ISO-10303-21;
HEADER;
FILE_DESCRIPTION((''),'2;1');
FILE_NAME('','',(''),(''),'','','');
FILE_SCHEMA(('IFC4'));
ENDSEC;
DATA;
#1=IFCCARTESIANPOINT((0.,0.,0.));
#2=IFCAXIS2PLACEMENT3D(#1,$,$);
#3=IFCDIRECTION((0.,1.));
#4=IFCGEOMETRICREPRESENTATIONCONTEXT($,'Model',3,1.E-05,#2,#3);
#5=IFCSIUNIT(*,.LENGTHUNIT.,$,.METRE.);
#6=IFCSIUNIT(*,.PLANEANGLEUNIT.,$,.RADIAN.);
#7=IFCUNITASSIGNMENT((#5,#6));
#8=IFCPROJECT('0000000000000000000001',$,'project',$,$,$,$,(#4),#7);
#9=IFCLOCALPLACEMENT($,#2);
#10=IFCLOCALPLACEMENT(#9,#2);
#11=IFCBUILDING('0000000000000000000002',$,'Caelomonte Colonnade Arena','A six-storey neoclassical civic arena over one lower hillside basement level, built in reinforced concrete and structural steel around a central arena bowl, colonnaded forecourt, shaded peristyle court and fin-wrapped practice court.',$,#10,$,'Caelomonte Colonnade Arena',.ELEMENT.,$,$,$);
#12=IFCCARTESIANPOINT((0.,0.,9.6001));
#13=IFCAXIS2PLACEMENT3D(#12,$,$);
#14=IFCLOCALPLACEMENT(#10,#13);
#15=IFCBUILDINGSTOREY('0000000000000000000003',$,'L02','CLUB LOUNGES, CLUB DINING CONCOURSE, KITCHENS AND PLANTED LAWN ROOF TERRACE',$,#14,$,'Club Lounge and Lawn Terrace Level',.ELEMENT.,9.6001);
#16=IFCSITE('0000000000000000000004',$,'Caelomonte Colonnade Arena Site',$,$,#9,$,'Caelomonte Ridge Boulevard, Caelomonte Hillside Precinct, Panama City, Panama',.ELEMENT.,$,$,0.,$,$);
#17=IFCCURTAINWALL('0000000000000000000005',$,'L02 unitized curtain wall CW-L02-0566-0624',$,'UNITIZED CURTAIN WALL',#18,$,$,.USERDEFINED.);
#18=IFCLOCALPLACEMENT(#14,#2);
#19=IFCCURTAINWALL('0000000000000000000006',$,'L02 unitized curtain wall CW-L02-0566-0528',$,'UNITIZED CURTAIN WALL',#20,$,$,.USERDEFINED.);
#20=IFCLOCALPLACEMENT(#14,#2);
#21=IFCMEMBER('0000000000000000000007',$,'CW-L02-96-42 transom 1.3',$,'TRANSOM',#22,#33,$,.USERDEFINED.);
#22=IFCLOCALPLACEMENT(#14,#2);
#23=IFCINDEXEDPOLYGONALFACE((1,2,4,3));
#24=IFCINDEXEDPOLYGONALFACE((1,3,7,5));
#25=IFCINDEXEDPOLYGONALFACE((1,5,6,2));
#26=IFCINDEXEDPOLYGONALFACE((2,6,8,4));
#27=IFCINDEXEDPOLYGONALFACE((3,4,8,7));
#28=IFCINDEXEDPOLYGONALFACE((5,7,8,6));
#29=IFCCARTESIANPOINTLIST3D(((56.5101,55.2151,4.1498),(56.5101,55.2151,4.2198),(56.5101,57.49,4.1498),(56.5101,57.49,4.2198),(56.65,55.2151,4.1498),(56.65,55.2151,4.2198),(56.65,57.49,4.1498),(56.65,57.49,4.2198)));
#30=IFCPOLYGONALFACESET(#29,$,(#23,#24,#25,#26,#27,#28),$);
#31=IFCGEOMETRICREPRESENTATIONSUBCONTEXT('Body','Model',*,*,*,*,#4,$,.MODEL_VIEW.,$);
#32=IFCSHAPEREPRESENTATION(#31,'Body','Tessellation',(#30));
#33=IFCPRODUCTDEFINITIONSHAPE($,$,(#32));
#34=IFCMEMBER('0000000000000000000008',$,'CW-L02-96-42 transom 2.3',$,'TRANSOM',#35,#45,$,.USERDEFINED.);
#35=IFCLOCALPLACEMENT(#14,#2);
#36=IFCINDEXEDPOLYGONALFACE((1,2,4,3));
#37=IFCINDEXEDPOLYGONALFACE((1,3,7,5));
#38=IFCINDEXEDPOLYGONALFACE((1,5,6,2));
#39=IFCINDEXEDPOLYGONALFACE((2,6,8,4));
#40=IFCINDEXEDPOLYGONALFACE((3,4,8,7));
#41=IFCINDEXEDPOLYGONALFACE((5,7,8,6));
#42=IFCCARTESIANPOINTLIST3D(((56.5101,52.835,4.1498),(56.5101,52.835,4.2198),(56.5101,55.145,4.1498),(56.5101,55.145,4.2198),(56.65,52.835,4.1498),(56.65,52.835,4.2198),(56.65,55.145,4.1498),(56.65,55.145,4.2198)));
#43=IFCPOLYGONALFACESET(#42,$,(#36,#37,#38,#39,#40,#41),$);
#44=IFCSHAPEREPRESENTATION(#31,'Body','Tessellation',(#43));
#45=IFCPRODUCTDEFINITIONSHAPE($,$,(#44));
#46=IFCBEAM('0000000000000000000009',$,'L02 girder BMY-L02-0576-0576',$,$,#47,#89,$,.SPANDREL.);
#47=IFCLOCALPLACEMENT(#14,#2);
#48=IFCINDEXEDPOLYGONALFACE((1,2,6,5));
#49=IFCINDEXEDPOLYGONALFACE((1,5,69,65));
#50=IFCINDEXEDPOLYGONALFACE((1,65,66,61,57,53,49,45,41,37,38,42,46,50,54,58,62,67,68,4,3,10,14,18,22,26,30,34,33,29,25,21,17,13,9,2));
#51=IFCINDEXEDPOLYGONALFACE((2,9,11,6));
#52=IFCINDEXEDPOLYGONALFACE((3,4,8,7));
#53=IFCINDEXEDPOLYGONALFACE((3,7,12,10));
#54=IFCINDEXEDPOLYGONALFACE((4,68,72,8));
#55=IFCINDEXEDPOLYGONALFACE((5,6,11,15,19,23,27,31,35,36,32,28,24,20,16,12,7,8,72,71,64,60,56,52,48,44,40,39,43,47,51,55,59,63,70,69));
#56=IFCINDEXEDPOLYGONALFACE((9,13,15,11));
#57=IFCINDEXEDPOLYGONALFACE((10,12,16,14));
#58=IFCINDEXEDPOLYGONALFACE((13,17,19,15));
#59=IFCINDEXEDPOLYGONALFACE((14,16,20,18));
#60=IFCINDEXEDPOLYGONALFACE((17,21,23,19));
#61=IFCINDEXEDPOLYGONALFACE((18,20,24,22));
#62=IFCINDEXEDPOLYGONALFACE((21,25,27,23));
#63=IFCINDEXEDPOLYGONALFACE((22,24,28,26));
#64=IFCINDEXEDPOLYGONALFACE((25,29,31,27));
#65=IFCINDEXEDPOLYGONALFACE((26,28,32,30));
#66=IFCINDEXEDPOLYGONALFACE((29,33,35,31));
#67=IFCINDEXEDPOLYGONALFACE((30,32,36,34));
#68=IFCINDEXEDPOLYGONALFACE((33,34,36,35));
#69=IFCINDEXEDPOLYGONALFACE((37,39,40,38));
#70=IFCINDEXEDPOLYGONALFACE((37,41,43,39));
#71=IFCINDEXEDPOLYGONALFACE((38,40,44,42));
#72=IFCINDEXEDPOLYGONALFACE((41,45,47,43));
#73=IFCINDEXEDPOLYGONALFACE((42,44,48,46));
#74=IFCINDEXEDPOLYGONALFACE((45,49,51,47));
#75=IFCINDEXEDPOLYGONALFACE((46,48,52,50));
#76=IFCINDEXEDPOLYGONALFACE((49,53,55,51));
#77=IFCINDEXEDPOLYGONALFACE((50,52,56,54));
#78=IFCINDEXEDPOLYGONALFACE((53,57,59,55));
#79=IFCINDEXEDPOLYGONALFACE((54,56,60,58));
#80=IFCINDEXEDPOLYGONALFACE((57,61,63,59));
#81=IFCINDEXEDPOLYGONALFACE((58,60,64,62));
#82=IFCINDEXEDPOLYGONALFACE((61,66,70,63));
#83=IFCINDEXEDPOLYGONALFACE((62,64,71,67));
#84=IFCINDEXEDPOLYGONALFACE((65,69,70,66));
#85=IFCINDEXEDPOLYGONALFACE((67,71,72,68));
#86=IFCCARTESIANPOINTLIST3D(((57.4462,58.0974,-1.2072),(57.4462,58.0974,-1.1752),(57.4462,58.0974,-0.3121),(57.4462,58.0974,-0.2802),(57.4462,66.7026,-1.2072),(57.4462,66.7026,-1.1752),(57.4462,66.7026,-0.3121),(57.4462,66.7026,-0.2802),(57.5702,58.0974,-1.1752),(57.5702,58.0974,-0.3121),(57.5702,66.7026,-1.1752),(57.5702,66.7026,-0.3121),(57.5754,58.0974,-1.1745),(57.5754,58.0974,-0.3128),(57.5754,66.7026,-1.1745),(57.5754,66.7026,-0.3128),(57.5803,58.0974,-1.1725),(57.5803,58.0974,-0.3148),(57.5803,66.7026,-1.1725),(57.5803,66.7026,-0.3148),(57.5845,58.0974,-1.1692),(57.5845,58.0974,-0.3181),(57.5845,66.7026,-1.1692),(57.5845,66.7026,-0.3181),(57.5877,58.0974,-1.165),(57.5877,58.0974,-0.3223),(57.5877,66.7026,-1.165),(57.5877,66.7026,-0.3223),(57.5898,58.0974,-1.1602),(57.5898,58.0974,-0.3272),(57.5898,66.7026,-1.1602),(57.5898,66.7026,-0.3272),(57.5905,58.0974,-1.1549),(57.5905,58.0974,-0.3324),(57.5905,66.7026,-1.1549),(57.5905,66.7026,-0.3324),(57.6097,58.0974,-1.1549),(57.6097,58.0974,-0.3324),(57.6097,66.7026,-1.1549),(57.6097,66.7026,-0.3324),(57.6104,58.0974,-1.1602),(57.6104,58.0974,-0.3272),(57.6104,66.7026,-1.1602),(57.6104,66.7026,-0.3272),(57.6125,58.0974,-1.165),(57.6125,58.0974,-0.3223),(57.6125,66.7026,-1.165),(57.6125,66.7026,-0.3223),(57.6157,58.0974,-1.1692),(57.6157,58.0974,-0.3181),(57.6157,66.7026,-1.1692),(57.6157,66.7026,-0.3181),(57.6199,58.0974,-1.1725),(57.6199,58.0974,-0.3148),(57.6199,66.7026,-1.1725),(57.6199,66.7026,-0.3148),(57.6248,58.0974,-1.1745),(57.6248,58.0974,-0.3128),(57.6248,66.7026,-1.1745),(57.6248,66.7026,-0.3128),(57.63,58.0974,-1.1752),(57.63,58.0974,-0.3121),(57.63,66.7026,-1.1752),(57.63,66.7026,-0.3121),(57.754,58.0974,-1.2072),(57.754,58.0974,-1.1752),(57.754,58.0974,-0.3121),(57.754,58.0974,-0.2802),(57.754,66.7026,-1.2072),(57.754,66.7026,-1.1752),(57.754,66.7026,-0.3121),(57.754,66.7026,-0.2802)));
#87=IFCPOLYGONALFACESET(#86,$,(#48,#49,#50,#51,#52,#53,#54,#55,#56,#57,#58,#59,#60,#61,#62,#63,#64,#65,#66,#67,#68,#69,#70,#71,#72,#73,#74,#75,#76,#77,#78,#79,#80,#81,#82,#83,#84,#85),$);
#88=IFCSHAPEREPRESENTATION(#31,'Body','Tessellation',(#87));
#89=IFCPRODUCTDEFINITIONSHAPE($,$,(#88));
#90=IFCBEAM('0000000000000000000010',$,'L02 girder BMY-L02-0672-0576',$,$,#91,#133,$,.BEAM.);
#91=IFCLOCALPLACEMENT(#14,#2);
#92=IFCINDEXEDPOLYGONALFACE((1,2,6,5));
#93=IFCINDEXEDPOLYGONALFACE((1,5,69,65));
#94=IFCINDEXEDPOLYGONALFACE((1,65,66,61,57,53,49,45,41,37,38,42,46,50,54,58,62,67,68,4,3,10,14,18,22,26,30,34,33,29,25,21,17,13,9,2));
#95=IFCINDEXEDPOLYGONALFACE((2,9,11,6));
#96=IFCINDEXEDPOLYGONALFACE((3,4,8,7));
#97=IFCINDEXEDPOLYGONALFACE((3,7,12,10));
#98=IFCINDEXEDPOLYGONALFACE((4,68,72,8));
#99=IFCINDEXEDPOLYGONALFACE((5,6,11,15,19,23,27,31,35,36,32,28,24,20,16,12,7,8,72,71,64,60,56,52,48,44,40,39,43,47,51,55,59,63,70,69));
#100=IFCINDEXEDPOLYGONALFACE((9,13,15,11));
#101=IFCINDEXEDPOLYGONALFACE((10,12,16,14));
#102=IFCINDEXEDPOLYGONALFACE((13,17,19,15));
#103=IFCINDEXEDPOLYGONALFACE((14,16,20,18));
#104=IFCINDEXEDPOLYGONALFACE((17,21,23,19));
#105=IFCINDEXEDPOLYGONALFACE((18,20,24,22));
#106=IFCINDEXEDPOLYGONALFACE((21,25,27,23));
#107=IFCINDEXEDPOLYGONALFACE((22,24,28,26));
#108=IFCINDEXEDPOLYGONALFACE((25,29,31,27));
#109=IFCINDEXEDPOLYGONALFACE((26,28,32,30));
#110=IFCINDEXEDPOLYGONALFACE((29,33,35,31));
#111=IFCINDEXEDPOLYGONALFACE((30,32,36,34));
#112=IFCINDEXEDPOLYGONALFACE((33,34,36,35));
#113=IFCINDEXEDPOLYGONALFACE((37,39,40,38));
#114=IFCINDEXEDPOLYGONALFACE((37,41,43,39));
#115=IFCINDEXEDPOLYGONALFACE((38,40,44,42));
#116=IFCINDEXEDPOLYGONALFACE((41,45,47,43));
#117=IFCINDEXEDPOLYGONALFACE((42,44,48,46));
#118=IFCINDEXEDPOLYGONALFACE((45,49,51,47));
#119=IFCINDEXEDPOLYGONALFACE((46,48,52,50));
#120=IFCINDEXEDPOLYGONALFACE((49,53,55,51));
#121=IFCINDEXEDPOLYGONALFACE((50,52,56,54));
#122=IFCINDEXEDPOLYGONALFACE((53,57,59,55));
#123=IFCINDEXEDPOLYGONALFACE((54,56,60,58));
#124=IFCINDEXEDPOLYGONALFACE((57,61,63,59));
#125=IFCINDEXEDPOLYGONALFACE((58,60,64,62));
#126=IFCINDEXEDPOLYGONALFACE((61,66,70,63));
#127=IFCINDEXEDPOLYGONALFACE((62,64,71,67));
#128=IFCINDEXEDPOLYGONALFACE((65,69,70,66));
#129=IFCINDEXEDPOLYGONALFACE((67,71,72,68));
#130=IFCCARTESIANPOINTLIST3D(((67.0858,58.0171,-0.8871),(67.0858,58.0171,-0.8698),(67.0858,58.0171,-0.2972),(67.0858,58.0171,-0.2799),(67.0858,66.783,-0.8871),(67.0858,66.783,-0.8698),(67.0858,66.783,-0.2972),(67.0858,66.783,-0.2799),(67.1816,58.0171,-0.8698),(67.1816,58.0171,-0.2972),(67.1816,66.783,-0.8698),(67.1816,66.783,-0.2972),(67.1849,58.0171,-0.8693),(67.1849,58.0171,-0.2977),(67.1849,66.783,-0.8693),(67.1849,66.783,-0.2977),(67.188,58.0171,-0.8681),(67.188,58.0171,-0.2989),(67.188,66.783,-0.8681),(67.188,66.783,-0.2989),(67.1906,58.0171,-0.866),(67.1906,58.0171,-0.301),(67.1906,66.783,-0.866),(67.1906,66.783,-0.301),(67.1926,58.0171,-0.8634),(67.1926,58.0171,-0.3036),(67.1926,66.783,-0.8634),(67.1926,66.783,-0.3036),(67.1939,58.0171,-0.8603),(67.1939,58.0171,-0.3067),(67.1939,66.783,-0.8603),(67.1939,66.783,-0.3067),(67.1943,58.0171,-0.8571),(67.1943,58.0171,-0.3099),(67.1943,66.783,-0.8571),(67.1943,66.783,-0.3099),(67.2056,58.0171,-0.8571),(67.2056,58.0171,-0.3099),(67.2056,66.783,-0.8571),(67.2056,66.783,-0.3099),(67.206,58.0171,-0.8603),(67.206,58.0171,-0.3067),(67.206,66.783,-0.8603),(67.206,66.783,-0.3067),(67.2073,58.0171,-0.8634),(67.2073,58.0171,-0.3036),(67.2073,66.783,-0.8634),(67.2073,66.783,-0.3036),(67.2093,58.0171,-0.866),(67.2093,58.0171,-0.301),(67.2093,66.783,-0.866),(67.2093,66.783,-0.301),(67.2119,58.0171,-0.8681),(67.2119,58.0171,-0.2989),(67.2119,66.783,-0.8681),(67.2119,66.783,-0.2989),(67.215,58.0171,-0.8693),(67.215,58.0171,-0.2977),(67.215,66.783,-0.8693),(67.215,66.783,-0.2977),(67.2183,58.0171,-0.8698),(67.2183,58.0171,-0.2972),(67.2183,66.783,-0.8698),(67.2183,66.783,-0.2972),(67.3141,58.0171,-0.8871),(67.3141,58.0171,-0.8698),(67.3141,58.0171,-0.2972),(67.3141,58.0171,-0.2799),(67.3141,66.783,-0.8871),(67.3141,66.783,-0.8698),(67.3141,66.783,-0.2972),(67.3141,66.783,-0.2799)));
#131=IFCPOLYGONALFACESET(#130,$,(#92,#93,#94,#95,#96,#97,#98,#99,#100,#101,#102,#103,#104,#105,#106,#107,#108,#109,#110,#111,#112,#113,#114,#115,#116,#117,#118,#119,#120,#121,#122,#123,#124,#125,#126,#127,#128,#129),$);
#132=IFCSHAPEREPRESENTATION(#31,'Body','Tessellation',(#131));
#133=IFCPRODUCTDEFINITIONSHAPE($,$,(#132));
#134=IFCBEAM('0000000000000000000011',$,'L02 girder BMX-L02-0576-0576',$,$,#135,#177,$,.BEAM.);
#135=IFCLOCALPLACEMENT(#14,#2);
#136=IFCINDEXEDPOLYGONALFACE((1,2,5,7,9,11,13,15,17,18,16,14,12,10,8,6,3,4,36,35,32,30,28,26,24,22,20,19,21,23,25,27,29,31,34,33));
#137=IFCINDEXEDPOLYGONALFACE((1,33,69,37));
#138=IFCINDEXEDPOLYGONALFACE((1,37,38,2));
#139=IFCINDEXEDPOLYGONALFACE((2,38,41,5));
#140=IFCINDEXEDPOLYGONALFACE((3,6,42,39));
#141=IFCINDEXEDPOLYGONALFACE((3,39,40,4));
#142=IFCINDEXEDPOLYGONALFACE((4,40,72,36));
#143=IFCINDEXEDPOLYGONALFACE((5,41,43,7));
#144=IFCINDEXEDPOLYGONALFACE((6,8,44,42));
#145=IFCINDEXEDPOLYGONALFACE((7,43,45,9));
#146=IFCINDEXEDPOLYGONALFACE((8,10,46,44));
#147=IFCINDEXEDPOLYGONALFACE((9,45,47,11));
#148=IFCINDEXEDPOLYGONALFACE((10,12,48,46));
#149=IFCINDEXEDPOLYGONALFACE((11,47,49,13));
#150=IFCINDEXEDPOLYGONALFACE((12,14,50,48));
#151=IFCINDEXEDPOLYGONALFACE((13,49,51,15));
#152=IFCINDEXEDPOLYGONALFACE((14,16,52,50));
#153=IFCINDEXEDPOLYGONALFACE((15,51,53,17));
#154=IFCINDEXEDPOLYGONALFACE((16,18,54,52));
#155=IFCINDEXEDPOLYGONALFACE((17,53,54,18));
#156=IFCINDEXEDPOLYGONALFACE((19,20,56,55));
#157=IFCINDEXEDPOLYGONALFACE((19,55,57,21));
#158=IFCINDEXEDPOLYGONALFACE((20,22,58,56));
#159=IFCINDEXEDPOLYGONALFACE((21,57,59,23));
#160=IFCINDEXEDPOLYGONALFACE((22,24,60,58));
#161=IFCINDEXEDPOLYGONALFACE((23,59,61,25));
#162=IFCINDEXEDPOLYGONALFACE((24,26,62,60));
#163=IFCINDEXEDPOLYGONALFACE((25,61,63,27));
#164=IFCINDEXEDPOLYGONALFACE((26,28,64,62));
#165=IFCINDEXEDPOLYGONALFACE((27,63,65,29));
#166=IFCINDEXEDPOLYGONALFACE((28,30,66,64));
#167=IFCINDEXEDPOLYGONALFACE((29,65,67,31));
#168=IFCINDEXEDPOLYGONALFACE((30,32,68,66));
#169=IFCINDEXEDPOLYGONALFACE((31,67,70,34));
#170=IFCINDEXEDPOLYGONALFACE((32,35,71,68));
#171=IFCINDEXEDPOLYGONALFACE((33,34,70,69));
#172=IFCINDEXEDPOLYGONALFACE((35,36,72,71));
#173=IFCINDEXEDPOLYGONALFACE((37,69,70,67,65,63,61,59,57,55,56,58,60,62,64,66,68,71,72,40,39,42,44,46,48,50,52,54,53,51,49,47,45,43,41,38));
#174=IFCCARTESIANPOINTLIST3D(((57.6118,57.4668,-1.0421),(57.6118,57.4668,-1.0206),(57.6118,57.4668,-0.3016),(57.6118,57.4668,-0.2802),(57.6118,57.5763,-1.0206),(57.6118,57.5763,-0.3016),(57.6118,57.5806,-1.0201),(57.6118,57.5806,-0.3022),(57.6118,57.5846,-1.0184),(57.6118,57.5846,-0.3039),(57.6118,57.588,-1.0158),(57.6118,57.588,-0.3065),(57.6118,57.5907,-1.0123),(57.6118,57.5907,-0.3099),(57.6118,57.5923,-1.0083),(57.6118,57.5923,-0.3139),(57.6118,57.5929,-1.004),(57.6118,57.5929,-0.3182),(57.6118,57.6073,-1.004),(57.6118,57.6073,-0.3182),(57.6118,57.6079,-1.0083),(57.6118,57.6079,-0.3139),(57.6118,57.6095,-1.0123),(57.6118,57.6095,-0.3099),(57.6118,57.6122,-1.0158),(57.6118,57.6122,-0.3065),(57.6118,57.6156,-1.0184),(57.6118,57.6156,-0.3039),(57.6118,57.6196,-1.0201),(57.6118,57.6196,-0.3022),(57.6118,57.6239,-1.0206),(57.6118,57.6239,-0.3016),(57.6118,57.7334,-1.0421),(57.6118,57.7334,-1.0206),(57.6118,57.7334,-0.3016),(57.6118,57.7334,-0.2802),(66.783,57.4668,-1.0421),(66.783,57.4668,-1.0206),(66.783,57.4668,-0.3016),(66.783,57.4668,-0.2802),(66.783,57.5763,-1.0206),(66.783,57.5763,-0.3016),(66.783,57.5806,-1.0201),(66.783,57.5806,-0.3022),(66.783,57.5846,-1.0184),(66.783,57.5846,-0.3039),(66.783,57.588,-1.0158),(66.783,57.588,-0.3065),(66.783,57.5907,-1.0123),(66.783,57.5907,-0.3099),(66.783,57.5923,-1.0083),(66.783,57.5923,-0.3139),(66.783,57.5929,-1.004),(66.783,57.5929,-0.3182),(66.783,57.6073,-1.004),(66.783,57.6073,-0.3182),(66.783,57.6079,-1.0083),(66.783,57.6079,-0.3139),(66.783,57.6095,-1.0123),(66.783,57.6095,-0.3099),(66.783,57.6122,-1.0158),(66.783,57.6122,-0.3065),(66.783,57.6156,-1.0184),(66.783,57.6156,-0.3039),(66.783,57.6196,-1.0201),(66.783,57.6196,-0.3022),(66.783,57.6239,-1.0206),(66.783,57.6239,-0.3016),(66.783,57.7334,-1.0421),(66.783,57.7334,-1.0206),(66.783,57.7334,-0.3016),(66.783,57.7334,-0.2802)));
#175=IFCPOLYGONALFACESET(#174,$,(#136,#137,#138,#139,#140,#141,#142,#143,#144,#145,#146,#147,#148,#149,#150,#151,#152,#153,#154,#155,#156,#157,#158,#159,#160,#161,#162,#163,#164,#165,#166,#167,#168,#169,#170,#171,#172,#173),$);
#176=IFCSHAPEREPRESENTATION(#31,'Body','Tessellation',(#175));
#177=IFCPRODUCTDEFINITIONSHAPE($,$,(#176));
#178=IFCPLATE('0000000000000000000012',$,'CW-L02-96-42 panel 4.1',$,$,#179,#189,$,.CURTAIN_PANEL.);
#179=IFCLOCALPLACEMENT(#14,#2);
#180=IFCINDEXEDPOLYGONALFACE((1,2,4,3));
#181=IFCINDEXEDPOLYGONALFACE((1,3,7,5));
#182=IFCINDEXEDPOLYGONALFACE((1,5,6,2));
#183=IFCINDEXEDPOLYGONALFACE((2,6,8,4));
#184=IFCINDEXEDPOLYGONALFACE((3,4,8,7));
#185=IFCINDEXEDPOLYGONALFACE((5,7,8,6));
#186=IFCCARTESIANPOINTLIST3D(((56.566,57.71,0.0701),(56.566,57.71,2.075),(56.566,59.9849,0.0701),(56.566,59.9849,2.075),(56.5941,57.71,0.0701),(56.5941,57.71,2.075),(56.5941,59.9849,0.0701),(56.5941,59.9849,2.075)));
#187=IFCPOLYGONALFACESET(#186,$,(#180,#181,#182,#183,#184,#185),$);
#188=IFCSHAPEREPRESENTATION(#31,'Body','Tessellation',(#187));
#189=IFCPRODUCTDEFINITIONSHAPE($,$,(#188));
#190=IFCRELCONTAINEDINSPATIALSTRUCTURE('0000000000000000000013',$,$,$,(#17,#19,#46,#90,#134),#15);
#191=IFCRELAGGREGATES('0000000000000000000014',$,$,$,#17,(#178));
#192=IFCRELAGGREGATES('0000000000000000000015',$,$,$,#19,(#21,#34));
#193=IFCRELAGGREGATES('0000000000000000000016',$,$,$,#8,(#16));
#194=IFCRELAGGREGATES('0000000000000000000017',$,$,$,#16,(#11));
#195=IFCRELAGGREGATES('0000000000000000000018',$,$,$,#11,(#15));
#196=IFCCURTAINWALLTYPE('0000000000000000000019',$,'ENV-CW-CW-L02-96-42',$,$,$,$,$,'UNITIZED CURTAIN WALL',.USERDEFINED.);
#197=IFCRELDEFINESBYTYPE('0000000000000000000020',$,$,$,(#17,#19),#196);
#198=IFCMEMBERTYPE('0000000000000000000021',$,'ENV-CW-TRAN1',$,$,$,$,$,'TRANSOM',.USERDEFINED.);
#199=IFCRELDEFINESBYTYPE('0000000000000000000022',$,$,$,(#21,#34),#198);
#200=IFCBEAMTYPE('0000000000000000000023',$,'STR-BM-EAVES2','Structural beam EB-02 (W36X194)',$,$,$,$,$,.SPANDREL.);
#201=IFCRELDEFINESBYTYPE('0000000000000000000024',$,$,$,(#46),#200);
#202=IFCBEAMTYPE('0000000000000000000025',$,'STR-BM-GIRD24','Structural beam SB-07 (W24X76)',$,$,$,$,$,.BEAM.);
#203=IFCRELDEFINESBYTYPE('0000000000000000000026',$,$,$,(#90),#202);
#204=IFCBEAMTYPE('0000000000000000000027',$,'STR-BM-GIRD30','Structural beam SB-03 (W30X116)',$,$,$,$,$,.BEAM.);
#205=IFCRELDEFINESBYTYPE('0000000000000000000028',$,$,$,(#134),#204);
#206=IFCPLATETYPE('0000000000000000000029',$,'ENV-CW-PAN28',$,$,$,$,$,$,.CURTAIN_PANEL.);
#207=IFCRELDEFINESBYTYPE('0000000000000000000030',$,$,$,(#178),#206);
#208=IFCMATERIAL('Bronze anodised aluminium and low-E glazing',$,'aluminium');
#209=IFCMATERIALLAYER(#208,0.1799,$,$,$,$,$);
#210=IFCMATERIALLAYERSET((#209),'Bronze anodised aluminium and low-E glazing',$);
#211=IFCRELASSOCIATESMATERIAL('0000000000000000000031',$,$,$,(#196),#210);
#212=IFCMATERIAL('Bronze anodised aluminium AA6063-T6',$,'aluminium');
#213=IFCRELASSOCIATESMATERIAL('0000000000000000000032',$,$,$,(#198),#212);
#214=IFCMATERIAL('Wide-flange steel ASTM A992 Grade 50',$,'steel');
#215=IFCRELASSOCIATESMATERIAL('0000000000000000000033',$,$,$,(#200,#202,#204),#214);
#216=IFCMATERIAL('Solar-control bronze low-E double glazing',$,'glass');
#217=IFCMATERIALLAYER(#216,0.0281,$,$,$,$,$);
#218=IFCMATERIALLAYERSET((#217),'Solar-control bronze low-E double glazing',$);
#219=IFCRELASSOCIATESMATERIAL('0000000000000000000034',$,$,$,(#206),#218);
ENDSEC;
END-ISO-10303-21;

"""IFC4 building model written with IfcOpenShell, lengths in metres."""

from ifc_helpers import new_model, si_unit, direction, frame, origin, origin_2d, place, context, subcontext, project, spatial, rectangle, i_section, extrude, material, layer, layer_set, material_profile, profile_set, type_object, element, aggregate, save


model = new_model("IFC4")

# Units and contexts
model_context = context("Model", 3, precision=1e-05, world=origin(), true_north=direction((0.0, 1.0)))
body_context = subcontext(model_context, "Body", "Model", "MODEL_VIEW")
ifc_project = project(units=[si_unit("LENGTHUNIT", "METRE"), si_unit("PLANEANGLEUNIT", "RADIAN")], contexts=[model_context])

# Site, building, storey
site_placement = place(None, origin())
site = spatial("IfcSite", under=ifc_project, at=site_placement, Name="Caelomonte Colonnade Arena Site", LongName="Caelomonte Ridge Boulevard, Caelomonte Hillside Precinct, Panama City, Panama", CompositionType="ELEMENT", RefElevation=0.0)
building_placement = place(site_placement, origin())
building = spatial("IfcBuilding", under=site, at=building_placement, Name="Caelomonte Colonnade Arena", Description="A six-storey neoclassical civic arena over one lower hillside basement level, built in reinforced concrete and structural steel around a central arena bowl, colonnaded forecourt, shaded peristyle court and fin-wrapped practice court.", LongName="Caelomonte Colonnade Arena", CompositionType="ELEMENT")
storey_placement = place(building_placement, frame((0.0, 0.0, 9.6001)))
storey = spatial("IfcBuildingStorey", under=building, at=storey_placement, Name="L02", Description="CLUB LOUNGES, CLUB DINING CONCOURSE, KITCHENS AND PLANTED LAWN ROOF TERRACE", LongName="Club Lounge and Lawn Terrace Level", CompositionType="ELEMENT", Elevation=9.6001)

# Shared definitions
ifc_material_1 = material(Name="Wide-flange steel ASTM A992 Grade 50", Category="steel")

# Curtain walls
ifc_material_2 = material(Name="Bronze anodised aluminium and low-E glazing", Category="aluminium")
ifc_layer_1 = layer(ifc_material_2, 0.1799)
ifc_layer_set_1 = layer_set([ifc_layer_1], Name="Bronze anodised aluminium and low-E glazing")
curtain_wall_type = type_object("IfcCurtainWallType", Name="ENV-CW-CW-L02-96-42", ElementType="UNITIZED CURTAIN WALL", PredefinedType="USERDEFINED", material=ifc_layer_set_1)
curtain_wall_1_placement = place(storey_placement, origin())
curtain_wall_1 = element("IfcCurtainWall", 1, at=curtain_wall_1_placement, inside=storey, type_object=curtain_wall_type, Name="L02 unitized curtain wall CW-L02-0566-0624", ObjectType="UNITIZED CURTAIN WALL", PredefinedType="USERDEFINED")
ifc_material_3 = material(Name="Bronze anodised aluminium AA6063-T6", Category="aluminium")
curtain_wall_2_placement = place(storey_placement, origin())
curtain_wall_2 = element("IfcCurtainWall", 2, at=curtain_wall_2_placement, inside=storey, type_object=curtain_wall_type, Name="L02 unitized curtain wall CW-L02-0566-0528", ObjectType="UNITIZED CURTAIN WALL", PredefinedType="USERDEFINED")

# Members
ifc_material_profile_1 = material_profile(ifc_material_3, rectangle(XDim=0.0701, YDim=0.1399, at=origin_2d()), Name="CWT-70X140")
ifc_profile_set_1 = profile_set([ifc_material_profile_1], Name="Bronze anodised aluminium AA6063-T6")
member_type_1 = type_object("IfcMemberType", Name="ENV-CW-TRAN1", ElementType="TRANSOM", PredefinedType="USERDEFINED", material=ifc_profile_set_1)
member_1_placement = place(storey_placement, frame((56.5801, 57.49, 4.1848), z_axis=(0.0, -1.0, 0.0), x_axis=(0.0, 0.0, 1.0)))
member_1 = element("IfcMember", 3, at=member_1_placement, type_object=member_type_1, Name="CW-L02-96-42 transom 1.3", ObjectType="TRANSOM", PredefinedType="USERDEFINED", context=body_context, shape_type="SweptSolid", body=[
    extrude(rectangle(XDim=0.0701, YDim=0.1399, at=origin_2d()), origin(), (0.0, 0.0, 1.0), 2.2749),
])
member_2_placement = place(storey_placement, frame((56.5801, 55.145, 4.1848), z_axis=(0.0, -1.0, 0.0), x_axis=(0.0, 0.0, 1.0)))
member_2 = element("IfcMember", 4, at=member_2_placement, type_object=member_type_1, Name="CW-L02-96-42 transom 2.3", ObjectType="TRANSOM", PredefinedType="USERDEFINED", context=body_context, shape_type="SweptSolid", body=[
    extrude(rectangle(XDim=0.0701, YDim=0.1399, at=origin_2d()), origin(), (0.0, 0.0, 1.0), 2.3101),
])

# Beams
ifc_material_profile_2 = material_profile(ifc_material_1, i_section(OverallWidth=0.3079, OverallDepth=0.927, WebThickness=0.0193, FlangeThickness=0.032, FilletRadius=0.0203, at=origin_2d()), Name="W36X194")
ifc_profile_set_2 = profile_set([ifc_material_profile_2], Name="Wide-flange steel ASTM A992 Grade 50")
beam_type_1 = type_object("IfcBeamType", Name="STR-BM-EAVES2", Description="Structural beam EB-02 (W36X194)", PredefinedType="SPANDREL", material=ifc_profile_set_2)
beam_1_placement = place(storey_placement, frame((57.6001, 58.0974, -0.7437), z_axis=(0.0, 1.0, 0.0), x_axis=(-1.0, 0.0, 0.0)))
element("IfcBeam", 5, at=beam_1_placement, inside=storey, type_object=beam_type_1, Name="L02 girder BMY-L02-0576-0576", PredefinedType="SPANDREL", context=body_context, shape_type="SweptSolid", body=[
    extrude(i_section(OverallWidth=0.3079, OverallDepth=0.927, WebThickness=0.0193, FlangeThickness=0.032, FilletRadius=0.0203, at=origin_2d()), origin(), (0.0, 0.0, 1.0), 8.6052),
])
ifc_material_profile_3 = material_profile(ifc_material_1, i_section(OverallWidth=0.2283, OverallDepth=0.6072, WebThickness=0.0112, FlangeThickness=0.0173, FilletRadius=0.0127, at=origin_2d()), Name="W24X76")
ifc_profile_set_3 = profile_set([ifc_material_profile_3], Name="Wide-flange steel ASTM A992 Grade 50")
beam_type_2 = type_object("IfcBeamType", Name="STR-BM-GIRD24", Description="Structural beam SB-07 (W24X76)", PredefinedType="BEAM", material=ifc_profile_set_3)
beam_2_placement = place(storey_placement, frame((67.2, 58.0171, -0.5835), z_axis=(0.0, 1.0, 0.0), x_axis=(-1.0, 0.0, 0.0)))
element("IfcBeam", 6, at=beam_2_placement, inside=storey, type_object=beam_type_2, Name="L02 girder BMY-L02-0672-0576", PredefinedType="BEAM", context=body_context, shape_type="SweptSolid", body=[
    extrude(i_section(OverallWidth=0.2283, OverallDepth=0.6072, WebThickness=0.0112, FlangeThickness=0.0173, FilletRadius=0.0127, at=origin_2d()), origin(), (0.0, 0.0, 1.0), 8.7659),
])
ifc_material_profile_4 = material_profile(ifc_material_1, i_section(OverallWidth=0.2666, OverallDepth=0.762, WebThickness=0.0144, FlangeThickness=0.0215, FilletRadius=0.0166, at=origin_2d()), Name="W30X116")
ifc_profile_set_4 = profile_set([ifc_material_profile_4], Name="Wide-flange steel ASTM A992 Grade 50")
beam_type_3 = type_object("IfcBeamType", Name="STR-BM-GIRD30", Description="Structural beam SB-03 (W30X116)", PredefinedType="BEAM", material=ifc_profile_set_4)
beam_3_placement = place(storey_placement, frame((57.6118, 57.6001, -0.6611), z_axis=(1.0, 0.0, 0.0), x_axis=(0.0, 1.0, 0.0)))
element("IfcBeam", 7, at=beam_3_placement, inside=storey, type_object=beam_type_3, Name="L02 girder BMX-L02-0576-0576", PredefinedType="BEAM", context=body_context, shape_type="SweptSolid", body=[
    extrude(i_section(OverallWidth=0.2666, OverallDepth=0.762, WebThickness=0.0144, FlangeThickness=0.0215, FilletRadius=0.0166, at=origin_2d()), origin(), (0.0, 0.0, 1.0), 9.1711),
])

# Plate
ifc_material_4 = material(Name="Solar-control bronze low-E double glazing", Category="glass")
ifc_layer_2 = layer(ifc_material_4, 0.0281)
ifc_layer_set_2 = layer_set([ifc_layer_2], Name="Solar-control bronze low-E double glazing")
plate_type = type_object("IfcPlateType", Name="ENV-CW-PAN28", PredefinedType="CURTAIN_PANEL", material=ifc_layer_set_2)
plate_1_placement = place(storey_placement, frame((56.5801, 58.8474, 0.0701), z_axis=(0.0, 0.0, 1.0), x_axis=(0.0, -1.0, 0.0)))
plate_1 = element("IfcPlate", 8, at=plate_1_placement, type_object=plate_type, Name="CW-L02-96-42 panel 4.1", PredefinedType="CURTAIN_PANEL", context=body_context, shape_type="SweptSolid", body=[
    extrude(rectangle(XDim=2.2749, YDim=0.0281, at=origin_2d()), origin(), (0.0, 0.0, 1.0), 2.0049),
])
aggregate(curtain_wall_1, [plate_1])
aggregate(curtain_wall_2, [member_1, member_2])

save(model, "model.ifc")
